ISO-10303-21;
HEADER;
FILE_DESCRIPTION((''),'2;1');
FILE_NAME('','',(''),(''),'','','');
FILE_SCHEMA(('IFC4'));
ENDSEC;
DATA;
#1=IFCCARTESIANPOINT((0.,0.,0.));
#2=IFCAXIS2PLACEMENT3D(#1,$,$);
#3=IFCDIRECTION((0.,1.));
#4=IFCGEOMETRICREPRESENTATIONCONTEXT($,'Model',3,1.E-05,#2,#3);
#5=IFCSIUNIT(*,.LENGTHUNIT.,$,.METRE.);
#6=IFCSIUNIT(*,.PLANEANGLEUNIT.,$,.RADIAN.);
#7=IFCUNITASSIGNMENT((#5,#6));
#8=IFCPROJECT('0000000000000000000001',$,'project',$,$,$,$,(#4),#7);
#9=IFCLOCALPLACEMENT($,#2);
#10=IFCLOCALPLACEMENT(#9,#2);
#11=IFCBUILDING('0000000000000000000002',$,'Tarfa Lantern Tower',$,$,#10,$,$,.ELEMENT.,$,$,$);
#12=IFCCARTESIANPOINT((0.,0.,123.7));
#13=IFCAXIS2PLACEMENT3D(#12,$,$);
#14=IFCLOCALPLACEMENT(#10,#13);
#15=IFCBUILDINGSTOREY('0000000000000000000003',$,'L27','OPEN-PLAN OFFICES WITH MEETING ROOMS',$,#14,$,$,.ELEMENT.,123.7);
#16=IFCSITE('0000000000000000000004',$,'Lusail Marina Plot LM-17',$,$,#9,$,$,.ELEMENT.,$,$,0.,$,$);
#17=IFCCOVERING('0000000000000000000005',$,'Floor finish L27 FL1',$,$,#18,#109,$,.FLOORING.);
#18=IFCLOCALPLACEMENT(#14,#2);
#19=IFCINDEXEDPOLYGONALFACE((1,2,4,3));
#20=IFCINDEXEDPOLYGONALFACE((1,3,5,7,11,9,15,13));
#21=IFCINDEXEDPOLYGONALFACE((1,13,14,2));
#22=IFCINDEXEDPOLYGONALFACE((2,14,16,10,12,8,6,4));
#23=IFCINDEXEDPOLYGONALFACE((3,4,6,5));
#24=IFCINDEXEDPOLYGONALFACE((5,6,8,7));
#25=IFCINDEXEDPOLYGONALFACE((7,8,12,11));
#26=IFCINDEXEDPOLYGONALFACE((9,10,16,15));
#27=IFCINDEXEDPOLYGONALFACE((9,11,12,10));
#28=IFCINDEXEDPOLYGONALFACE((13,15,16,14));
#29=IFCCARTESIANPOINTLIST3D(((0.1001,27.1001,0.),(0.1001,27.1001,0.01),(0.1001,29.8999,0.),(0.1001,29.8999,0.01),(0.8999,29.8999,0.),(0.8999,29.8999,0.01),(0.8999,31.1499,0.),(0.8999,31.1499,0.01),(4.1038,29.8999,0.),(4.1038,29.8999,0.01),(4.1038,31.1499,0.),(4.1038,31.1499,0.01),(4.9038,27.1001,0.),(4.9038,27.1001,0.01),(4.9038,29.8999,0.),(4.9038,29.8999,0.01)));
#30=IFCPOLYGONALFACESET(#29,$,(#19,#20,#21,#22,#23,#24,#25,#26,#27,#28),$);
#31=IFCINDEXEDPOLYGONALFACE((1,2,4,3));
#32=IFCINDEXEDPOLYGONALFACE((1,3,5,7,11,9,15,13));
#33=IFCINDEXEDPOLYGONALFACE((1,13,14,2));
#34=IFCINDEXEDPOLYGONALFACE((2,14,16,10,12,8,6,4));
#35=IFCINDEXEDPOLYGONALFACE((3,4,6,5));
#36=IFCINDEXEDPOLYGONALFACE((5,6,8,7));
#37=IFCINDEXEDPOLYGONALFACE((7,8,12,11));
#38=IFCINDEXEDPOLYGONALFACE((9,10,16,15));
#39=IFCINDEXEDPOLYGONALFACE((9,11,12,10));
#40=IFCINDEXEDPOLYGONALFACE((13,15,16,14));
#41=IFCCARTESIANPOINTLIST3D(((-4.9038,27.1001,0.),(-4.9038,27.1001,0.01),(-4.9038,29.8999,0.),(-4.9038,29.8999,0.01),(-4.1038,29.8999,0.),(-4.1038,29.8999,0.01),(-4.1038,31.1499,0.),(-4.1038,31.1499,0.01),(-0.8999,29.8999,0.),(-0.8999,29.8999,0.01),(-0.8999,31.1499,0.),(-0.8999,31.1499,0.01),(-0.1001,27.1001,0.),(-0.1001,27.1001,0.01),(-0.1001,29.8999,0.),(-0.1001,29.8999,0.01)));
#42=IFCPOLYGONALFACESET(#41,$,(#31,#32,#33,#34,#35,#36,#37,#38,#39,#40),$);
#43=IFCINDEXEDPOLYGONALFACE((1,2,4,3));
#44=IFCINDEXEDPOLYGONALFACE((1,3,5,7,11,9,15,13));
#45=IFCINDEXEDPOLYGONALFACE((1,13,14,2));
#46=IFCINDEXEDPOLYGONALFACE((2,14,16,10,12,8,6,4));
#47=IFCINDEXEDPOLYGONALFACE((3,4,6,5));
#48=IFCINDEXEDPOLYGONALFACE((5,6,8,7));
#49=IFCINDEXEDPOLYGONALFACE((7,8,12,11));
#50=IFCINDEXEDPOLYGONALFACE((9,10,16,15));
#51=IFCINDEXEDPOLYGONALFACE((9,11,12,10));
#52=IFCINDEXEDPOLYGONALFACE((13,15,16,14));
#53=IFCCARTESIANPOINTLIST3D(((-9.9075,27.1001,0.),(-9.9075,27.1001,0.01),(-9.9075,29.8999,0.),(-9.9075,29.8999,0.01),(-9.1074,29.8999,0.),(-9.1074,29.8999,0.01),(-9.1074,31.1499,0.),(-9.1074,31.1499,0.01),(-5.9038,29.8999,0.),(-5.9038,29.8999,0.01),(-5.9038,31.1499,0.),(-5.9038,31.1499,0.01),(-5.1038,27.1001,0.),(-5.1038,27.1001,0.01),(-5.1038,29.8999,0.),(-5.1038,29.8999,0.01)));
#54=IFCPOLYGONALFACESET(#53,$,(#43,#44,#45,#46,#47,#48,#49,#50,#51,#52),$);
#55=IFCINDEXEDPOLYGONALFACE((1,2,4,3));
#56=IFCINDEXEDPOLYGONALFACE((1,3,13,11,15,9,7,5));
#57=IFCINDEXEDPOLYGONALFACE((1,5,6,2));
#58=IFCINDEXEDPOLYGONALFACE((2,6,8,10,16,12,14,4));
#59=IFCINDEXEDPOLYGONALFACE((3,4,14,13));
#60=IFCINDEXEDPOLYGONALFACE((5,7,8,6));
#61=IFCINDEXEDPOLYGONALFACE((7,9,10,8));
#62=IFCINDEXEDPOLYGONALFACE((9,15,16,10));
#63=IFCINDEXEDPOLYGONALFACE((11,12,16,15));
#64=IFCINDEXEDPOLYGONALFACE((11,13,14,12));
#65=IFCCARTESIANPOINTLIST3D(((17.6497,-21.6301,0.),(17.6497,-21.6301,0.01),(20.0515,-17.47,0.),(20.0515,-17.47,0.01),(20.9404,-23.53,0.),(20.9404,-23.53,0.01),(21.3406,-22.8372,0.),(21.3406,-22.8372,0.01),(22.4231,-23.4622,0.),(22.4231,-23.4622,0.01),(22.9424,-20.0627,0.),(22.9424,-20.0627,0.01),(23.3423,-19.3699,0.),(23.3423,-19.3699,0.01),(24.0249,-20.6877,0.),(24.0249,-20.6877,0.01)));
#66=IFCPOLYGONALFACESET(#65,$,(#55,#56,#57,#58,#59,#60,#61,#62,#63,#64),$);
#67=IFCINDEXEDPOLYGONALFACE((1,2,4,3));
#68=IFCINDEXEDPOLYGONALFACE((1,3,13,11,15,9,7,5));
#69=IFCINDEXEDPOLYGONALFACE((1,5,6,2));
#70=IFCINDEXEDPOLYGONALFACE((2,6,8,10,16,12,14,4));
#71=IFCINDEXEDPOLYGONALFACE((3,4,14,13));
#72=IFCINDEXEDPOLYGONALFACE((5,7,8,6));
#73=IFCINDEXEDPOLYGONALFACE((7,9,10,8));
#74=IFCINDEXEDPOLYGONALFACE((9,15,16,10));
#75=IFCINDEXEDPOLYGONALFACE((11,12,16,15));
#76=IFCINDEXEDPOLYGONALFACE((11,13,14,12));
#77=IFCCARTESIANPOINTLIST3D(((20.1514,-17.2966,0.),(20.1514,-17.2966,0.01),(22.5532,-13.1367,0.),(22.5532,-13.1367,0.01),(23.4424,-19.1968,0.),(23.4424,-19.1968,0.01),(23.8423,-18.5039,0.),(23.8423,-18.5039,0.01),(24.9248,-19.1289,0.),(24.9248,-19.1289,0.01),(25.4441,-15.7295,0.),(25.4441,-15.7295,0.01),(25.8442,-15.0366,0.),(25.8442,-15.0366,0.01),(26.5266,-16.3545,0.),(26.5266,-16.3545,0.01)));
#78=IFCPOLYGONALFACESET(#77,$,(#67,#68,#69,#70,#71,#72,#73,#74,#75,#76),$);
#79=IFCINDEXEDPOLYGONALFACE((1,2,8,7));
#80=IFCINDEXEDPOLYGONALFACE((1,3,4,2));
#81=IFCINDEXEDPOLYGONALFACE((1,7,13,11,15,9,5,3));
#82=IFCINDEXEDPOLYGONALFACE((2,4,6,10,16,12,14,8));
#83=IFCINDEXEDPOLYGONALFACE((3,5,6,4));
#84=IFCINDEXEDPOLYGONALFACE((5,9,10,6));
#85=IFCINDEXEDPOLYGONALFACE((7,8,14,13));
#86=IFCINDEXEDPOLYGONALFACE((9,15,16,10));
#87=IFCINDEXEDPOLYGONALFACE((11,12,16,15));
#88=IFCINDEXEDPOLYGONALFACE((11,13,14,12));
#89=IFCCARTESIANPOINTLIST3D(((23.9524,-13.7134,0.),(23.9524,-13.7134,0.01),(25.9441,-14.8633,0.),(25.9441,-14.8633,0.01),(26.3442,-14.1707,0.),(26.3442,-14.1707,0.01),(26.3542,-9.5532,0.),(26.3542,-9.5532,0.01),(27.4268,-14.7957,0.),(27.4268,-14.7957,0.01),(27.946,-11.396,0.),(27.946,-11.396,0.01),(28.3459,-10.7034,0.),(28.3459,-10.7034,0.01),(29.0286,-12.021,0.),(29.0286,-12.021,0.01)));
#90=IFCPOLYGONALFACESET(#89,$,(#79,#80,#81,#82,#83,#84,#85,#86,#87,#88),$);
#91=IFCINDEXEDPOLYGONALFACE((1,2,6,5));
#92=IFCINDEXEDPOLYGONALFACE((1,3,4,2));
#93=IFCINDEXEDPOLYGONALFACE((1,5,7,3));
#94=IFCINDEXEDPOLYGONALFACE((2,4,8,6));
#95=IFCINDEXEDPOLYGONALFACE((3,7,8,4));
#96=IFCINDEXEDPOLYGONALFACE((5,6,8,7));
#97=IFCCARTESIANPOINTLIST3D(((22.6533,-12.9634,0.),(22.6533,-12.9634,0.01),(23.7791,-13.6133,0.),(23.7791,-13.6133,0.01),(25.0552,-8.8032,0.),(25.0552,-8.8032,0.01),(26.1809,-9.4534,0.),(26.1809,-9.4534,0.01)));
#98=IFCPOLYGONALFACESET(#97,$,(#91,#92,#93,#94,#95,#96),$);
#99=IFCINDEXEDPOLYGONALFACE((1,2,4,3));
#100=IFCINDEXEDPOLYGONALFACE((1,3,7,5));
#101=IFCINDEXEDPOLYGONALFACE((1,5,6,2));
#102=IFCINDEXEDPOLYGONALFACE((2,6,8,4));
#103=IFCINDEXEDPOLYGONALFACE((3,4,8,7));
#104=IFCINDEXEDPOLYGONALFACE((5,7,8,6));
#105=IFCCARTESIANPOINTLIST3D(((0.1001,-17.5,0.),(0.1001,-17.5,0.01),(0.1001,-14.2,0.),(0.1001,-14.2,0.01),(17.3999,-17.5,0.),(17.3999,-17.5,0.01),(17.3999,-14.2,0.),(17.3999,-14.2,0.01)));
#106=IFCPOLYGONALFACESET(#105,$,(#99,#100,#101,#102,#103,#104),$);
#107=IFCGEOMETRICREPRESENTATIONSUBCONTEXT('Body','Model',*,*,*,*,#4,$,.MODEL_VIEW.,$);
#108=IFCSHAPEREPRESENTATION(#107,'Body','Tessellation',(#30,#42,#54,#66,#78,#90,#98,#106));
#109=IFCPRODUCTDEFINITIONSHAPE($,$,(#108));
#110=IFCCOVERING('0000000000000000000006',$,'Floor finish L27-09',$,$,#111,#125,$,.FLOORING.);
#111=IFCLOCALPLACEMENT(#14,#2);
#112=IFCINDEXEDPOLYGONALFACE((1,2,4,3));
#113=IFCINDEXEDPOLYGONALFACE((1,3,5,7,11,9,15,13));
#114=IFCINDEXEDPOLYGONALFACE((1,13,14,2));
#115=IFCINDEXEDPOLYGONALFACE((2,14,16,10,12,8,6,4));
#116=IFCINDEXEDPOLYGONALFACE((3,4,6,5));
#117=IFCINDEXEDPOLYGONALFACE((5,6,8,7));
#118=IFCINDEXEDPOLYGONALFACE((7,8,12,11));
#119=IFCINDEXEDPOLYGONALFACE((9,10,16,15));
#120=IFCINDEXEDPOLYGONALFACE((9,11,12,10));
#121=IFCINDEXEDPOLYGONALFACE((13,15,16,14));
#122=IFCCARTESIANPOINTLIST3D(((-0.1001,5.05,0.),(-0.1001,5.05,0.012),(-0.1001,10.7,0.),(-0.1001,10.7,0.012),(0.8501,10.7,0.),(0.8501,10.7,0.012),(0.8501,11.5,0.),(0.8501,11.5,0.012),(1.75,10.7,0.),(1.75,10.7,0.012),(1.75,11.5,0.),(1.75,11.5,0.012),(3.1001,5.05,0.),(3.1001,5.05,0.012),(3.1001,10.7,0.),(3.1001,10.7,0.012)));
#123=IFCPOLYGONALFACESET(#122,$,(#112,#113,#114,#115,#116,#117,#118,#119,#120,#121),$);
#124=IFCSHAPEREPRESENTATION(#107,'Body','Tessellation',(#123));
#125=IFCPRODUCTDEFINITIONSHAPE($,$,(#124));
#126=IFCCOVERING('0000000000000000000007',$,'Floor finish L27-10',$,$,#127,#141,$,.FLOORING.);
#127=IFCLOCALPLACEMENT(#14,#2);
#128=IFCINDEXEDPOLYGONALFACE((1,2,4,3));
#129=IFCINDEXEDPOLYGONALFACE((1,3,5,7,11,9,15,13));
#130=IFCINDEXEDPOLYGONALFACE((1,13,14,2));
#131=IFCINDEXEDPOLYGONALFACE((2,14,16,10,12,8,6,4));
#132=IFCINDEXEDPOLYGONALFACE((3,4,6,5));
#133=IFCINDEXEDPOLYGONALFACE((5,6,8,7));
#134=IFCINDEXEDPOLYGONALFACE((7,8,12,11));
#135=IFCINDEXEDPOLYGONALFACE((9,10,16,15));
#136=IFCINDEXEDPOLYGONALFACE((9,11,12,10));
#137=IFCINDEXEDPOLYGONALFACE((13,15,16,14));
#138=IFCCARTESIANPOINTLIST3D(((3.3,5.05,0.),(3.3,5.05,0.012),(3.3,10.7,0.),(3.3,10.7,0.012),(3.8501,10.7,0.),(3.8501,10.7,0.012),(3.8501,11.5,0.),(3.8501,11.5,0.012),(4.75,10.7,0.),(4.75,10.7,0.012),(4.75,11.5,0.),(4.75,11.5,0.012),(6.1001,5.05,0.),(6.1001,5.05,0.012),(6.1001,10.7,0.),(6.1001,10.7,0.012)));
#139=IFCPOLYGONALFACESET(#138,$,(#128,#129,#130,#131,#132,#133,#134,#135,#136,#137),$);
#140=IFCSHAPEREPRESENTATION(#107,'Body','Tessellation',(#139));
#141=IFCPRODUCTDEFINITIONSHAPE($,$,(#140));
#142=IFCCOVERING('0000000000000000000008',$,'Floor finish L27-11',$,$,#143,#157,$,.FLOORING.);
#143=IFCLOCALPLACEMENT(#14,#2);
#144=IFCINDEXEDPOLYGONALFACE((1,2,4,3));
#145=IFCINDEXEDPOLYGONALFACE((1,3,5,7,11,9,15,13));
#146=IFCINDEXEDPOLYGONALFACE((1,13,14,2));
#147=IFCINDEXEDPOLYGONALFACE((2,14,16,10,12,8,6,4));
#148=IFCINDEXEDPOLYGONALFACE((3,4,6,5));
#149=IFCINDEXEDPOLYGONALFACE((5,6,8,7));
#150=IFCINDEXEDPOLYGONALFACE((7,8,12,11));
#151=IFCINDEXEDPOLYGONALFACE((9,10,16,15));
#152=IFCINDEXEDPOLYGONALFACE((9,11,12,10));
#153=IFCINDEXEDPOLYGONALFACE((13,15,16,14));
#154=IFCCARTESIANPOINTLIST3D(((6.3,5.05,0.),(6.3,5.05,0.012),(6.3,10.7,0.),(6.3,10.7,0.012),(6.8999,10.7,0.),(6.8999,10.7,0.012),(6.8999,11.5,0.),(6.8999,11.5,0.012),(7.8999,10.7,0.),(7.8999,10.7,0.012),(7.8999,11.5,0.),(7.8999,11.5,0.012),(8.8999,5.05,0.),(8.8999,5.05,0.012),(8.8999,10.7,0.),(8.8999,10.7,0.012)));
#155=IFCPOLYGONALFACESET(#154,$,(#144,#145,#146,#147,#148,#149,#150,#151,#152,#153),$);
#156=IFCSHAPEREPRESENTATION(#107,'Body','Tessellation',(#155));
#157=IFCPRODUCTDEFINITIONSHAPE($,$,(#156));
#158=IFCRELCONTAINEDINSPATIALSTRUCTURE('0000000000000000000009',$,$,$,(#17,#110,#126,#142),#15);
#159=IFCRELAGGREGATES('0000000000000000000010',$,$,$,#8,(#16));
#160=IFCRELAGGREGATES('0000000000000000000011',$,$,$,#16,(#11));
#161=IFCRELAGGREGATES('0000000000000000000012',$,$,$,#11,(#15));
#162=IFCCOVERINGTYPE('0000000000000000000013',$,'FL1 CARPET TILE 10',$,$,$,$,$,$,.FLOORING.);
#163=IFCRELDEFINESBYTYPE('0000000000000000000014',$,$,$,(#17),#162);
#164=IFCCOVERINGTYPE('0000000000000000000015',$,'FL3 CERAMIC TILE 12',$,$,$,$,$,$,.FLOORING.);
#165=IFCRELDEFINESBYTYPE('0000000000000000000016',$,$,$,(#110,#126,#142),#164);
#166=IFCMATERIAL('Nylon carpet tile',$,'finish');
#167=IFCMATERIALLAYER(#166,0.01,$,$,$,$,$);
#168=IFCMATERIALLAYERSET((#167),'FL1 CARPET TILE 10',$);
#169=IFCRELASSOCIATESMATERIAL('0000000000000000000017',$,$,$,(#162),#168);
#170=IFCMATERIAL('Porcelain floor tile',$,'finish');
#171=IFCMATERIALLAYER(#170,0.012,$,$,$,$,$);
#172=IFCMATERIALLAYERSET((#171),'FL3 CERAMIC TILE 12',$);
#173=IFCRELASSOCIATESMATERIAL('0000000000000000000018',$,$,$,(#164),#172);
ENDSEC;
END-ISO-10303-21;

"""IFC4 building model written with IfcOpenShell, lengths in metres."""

from ifc_helpers import new_model, si_unit, direction, frame, origin, place, context, subcontext, project, spatial, polyline, outline, extrude, material, layer, layer_set, type_object, element, save


model = new_model("IFC4")

# Units and contexts
model_context = context("Model", 3, precision=1e-05, world=origin(), true_north=direction((0.0, 1.0)))
body_context = subcontext(model_context, "Body", "Model", "MODEL_VIEW")
ifc_project = project(units=[si_unit("LENGTHUNIT", "METRE"), si_unit("PLANEANGLEUNIT", "RADIAN")], contexts=[model_context])

# Site, building, storey
site_placement = place(None, origin())
site = spatial("IfcSite", under=ifc_project, at=site_placement, Name="Lusail Marina Plot LM-17", CompositionType="ELEMENT", RefElevation=0.0)
building_placement = place(site_placement, origin())
building = spatial("IfcBuilding", under=site, at=building_placement, Name="Tarfa Lantern Tower", CompositionType="ELEMENT")
storey_placement = place(building_placement, frame((0.0, 0.0, 123.7)))
storey = spatial("IfcBuildingStorey", under=building, at=storey_placement, Name="L27", Description="OPEN-PLAN OFFICES WITH MEETING ROOMS", CompositionType="ELEMENT", Elevation=123.7)

# Coverings
ifc_material_1 = material(Name="Nylon carpet tile", Category="finish")
ifc_layer_1 = layer(ifc_material_1, 0.01)
ifc_layer_set_1 = layer_set([ifc_layer_1], Name="FL1 CARPET TILE 10")
covering_type_1 = type_object("IfcCoveringType", Name="FL1 CARPET TILE 10", PredefinedType="FLOORING", material=ifc_layer_set_1)
covering_1_placement = place(storey_placement, origin())
element("IfcCovering", 1, at=covering_1_placement, inside=storey, type_object=covering_type_1, Name="Floor finish L27 FL1", PredefinedType="FLOORING", context=body_context, shape_type="SweptSolid", body=[
    extrude(outline(polyline([(4.9038, 27.1001), (0.1001, 27.1001), (0.1001, 29.8999), (0.8999, 29.8999), (0.8999, 31.1499), (4.1038, 31.1499), (4.1038, 29.8999), (4.9038, 29.8999), (4.9038, 27.1001)])), origin(), (0.0, 0.0, 1.0), 0.01),
    extrude(outline(polyline([(-0.1001, 27.1001), (-4.9038, 27.1001), (-4.9038, 29.8999), (-4.1038, 29.8999), (-4.1038, 31.1499), (-0.8999, 31.1499), (-0.8999, 29.8999), (-0.1001, 29.8999), (-0.1001, 27.1001)])), origin(), (0.0, 0.0, 1.0), 0.01),
    extrude(outline(polyline([(-5.1038, 27.1001), (-9.9075, 27.1001), (-9.9075, 29.8999), (-9.1074, 29.8999), (-9.1074, 31.1499), (-5.9038, 31.1499), (-5.9038, 29.8999), (-5.1038, 29.8999), (-5.1038, 27.1001)])), origin(), (0.0, 0.0, 1.0), 0.01),
    extrude(outline(polyline([(20.0515, -17.47), (23.3423, -19.3699), (22.9424, -20.0627), (24.0249, -20.6877), (22.4231, -23.4622), (21.3406, -22.8372), (20.9404, -23.53), (17.6497, -21.6301), (20.0515, -17.47)])), origin(), (0.0, 0.0, 1.0), 0.01),
    extrude(outline(polyline([(22.5532, -13.1367), (25.8442, -15.0366), (25.4441, -15.7295), (26.5266, -16.3545), (24.9248, -19.1289), (23.8423, -18.5039), (23.4424, -19.1968), (20.1514, -17.2966), (22.5532, -13.1367)])), origin(), (0.0, 0.0, 1.0), 0.01),
    extrude(outline(polyline([(26.3542, -9.5532), (28.3459, -10.7034), (27.946, -11.396), (29.0286, -12.021), (27.4268, -14.7957), (26.3442, -14.1707), (25.9441, -14.8633), (23.9524, -13.7134), (26.3542, -9.5532)])), origin(), (0.0, 0.0, 1.0), 0.01),
    extrude(outline(polyline([(25.0552, -8.8032), (26.1809, -9.4534), (23.7791, -13.6133), (22.6533, -12.9634), (25.0552, -8.8032)])), origin(), (0.0, 0.0, 1.0), 0.01),
    extrude(outline(polyline([(0.1001, -14.2), (17.3999, -14.2), (17.3999, -17.5), (0.1001, -17.5), (0.1001, -14.2)])), origin(), (0.0, 0.0, 1.0), 0.01),
])
ifc_material_2 = material(Name="Porcelain floor tile", Category="finish")
ifc_layer_2 = layer(ifc_material_2, 0.012)
ifc_layer_set_2 = layer_set([ifc_layer_2], Name="FL3 CERAMIC TILE 12")
covering_type_2 = type_object("IfcCoveringType", Name="FL3 CERAMIC TILE 12", PredefinedType="FLOORING", material=ifc_layer_set_2)
covering_2_placement = place(storey_placement, origin())
element("IfcCovering", 2, at=covering_2_placement, inside=storey, type_object=covering_type_2, Name="Floor finish L27-09", PredefinedType="FLOORING", context=body_context, shape_type="SweptSolid", body=[
    extrude(outline(polyline([(0.8501, 10.7), (-0.1001, 10.7), (-0.1001, 5.05), (3.1001, 5.05), (3.1001, 10.7), (1.75, 10.7), (1.75, 11.5), (0.8501, 11.5), (0.8501, 10.7)])), origin(), (0.0, 0.0, 1.0), 0.012),
])
covering_3_placement = place(storey_placement, origin())
element("IfcCovering", 3, at=covering_3_placement, inside=storey, type_object=covering_type_2, Name="Floor finish L27-10", PredefinedType="FLOORING", context=body_context, shape_type="SweptSolid", body=[
    extrude(outline(polyline([(3.3, 5.05), (6.1001, 5.05), (6.1001, 10.7), (4.75, 10.7), (4.75, 11.5), (3.8501, 11.5), (3.8501, 10.7), (3.3, 10.7), (3.3, 5.05)])), origin(), (0.0, 0.0, 1.0), 0.012),
])
covering_4_placement = place(storey_placement, origin())
element("IfcCovering", 4, at=covering_4_placement, inside=storey, type_object=covering_type_2, Name="Floor finish L27-11", PredefinedType="FLOORING", context=body_context, shape_type="SweptSolid", body=[
    extrude(outline(polyline([(6.3, 5.05), (8.8999, 5.05), (8.8999, 10.7), (7.8999, 10.7), (7.8999, 11.5), (6.8999, 11.5), (6.8999, 10.7), (6.3, 10.7), (6.3, 5.05)])), origin(), (0.0, 0.0, 1.0), 0.012),
])

save(model, "model.ifc")
